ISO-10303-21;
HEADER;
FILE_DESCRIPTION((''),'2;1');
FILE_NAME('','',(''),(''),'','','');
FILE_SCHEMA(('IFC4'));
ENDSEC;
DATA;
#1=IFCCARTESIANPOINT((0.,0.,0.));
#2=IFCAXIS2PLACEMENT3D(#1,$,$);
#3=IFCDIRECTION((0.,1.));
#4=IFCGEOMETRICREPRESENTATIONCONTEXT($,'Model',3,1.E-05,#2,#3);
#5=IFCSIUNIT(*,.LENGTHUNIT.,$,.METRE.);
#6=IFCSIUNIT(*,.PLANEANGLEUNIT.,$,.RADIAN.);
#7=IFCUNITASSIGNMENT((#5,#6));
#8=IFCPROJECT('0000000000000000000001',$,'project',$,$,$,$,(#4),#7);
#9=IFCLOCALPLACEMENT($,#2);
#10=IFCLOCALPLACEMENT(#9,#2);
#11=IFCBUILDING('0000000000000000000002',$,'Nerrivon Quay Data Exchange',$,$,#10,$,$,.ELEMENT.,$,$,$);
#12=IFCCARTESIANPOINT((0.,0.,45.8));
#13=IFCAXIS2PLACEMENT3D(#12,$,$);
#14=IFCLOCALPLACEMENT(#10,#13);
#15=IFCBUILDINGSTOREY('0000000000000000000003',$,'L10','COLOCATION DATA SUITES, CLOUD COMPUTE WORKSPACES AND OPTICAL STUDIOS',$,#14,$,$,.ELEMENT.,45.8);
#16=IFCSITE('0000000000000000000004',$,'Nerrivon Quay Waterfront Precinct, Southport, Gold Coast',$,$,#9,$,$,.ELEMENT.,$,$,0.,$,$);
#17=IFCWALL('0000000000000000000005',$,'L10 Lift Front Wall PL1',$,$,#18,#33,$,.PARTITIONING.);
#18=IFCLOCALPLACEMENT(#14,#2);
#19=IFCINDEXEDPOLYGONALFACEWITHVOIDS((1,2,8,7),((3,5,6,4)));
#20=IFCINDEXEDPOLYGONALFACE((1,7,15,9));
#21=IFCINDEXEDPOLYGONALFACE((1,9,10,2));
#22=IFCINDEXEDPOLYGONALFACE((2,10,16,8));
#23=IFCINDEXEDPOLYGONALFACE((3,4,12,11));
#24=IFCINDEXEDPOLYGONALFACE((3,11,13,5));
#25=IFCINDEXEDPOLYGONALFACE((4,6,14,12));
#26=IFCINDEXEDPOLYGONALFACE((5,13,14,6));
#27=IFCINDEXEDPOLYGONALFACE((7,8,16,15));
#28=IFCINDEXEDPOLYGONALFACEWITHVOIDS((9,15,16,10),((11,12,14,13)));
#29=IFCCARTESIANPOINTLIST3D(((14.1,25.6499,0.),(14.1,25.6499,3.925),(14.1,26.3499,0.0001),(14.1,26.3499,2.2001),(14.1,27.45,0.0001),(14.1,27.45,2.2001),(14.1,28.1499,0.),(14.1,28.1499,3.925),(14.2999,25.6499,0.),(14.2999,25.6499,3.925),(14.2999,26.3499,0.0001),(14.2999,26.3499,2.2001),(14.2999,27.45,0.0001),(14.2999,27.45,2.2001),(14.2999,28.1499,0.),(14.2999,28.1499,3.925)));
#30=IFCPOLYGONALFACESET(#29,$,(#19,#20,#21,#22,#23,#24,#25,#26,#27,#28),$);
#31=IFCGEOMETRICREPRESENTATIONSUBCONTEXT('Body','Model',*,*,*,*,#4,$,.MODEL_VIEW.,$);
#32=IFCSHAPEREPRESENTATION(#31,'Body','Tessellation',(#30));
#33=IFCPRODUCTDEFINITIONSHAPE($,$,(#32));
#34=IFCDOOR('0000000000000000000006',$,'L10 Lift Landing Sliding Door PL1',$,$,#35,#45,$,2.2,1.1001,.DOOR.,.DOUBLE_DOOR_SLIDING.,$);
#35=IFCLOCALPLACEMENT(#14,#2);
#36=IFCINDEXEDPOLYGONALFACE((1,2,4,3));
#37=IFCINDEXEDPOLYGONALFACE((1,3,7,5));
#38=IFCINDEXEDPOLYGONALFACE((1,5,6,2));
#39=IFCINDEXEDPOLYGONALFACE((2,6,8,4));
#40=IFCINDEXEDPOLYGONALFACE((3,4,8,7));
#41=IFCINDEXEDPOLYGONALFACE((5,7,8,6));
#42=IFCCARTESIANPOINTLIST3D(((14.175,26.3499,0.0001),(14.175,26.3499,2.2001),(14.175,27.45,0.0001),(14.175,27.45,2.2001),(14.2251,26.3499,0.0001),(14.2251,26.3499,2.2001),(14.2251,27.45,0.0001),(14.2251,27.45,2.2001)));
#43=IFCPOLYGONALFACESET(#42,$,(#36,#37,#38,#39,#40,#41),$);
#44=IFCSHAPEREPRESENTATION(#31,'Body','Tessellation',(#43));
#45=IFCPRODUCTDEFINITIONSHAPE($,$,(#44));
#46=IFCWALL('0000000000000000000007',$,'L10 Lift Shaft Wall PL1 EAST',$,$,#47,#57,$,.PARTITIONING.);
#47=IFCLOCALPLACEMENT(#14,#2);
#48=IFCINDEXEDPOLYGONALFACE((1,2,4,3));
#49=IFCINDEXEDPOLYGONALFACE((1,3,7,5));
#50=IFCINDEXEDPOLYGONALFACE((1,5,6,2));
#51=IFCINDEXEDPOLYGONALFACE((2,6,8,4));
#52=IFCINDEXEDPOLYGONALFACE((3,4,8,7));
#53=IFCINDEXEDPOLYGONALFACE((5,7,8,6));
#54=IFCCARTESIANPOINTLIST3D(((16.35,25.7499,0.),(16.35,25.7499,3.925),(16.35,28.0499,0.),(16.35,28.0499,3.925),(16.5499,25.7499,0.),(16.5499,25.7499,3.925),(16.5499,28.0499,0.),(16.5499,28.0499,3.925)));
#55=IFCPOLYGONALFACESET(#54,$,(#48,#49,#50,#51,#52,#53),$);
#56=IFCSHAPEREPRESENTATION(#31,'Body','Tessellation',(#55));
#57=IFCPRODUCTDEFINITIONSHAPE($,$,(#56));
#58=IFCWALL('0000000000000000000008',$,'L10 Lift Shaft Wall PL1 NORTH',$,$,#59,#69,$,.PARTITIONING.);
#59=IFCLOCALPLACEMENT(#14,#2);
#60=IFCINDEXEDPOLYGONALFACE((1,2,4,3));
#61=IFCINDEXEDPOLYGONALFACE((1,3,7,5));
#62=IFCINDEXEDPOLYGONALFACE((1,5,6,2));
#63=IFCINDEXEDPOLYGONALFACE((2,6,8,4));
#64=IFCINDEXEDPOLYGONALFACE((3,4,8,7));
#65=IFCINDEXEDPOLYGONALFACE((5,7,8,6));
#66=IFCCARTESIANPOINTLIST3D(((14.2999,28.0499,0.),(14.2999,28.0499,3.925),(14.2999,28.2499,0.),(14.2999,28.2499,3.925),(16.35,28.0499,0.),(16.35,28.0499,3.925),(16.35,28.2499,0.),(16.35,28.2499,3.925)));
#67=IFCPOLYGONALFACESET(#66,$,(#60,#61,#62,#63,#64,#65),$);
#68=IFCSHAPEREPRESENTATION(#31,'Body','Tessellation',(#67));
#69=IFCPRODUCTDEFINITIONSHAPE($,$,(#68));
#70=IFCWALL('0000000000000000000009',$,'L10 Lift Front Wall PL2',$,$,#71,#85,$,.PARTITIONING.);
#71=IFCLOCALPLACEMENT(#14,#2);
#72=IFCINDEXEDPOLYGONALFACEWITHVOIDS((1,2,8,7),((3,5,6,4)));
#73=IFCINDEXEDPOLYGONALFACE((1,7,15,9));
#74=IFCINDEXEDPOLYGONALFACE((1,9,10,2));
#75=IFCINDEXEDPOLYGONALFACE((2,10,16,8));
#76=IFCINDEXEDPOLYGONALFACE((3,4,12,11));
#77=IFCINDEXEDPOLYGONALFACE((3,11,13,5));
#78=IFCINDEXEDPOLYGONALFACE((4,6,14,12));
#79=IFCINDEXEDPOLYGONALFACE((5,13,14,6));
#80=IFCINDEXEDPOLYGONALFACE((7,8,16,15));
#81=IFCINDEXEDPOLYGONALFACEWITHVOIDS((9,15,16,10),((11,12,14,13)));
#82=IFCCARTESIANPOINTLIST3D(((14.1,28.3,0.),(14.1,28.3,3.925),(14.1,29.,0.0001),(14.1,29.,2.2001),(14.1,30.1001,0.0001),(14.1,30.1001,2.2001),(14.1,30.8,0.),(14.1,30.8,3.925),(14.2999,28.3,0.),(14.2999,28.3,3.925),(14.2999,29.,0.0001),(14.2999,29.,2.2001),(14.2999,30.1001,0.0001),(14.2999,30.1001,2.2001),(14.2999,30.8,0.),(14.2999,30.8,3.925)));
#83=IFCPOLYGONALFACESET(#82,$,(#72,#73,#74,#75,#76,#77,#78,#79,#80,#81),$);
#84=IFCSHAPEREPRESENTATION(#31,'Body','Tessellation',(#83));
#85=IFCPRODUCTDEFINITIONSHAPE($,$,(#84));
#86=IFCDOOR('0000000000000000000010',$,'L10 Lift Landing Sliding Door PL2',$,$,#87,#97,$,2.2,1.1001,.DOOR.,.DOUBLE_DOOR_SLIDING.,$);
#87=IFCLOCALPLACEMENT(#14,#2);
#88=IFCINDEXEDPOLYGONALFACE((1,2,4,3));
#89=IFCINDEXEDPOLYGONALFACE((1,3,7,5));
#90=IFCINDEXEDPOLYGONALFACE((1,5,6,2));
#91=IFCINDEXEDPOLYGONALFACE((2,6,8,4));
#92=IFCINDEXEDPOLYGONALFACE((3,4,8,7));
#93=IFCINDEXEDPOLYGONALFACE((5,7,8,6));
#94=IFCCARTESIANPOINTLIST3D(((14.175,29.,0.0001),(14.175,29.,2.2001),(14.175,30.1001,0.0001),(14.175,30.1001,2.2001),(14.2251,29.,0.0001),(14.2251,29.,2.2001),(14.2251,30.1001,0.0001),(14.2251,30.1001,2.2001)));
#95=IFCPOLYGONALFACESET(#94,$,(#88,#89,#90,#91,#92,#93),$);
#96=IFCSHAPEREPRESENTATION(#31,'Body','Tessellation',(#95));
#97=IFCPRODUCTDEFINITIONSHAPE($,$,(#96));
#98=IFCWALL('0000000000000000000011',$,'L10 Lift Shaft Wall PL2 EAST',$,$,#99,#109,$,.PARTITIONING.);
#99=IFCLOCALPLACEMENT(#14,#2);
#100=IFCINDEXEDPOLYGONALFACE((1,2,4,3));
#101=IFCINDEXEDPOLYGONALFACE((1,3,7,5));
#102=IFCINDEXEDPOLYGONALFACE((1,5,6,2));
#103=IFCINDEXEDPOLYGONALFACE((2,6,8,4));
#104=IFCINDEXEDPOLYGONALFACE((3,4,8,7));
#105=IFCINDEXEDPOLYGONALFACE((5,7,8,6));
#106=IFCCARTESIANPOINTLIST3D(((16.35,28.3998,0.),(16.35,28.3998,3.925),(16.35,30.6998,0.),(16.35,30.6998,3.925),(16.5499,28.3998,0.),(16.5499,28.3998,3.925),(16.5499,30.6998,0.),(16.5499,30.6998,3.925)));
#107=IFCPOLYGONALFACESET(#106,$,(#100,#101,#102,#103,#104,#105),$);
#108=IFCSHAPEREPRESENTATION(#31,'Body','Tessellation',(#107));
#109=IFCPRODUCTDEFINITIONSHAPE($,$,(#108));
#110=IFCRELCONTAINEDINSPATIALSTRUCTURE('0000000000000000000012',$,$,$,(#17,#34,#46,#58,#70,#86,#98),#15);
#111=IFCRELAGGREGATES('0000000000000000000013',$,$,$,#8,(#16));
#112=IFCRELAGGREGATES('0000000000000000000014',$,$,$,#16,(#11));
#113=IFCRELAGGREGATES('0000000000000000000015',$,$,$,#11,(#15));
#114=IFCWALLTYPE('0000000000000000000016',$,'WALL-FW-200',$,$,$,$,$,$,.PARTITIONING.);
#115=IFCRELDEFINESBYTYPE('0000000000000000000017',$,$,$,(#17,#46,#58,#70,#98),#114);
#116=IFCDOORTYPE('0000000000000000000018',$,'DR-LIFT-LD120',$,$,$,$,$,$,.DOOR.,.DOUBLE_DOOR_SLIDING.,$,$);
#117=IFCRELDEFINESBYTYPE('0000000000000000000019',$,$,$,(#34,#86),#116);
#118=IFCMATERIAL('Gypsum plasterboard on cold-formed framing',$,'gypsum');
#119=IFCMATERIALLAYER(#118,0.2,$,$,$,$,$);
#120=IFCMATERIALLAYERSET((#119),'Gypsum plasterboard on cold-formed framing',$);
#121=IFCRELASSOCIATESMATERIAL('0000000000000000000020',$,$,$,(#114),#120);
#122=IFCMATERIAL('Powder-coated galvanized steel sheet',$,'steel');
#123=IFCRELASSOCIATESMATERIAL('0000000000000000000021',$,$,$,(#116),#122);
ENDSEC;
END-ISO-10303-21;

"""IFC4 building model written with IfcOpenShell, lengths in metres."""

from ifc_helpers import new_model, si_unit, direction, frame, frame_2d, origin, place, context, subcontext, project, spatial, rectangle, extrude, material, layer, layer_set, type_object, element, fill, save


model = new_model("IFC4")

# Units and contexts
model_context = context("Model", 3, precision=1e-05, world=origin(), true_north=direction((0.0, 1.0)))
body_context = subcontext(model_context, "Body", "Model", "MODEL_VIEW")
ifc_project = project(units=[si_unit("LENGTHUNIT", "METRE"), si_unit("PLANEANGLEUNIT", "RADIAN")], contexts=[model_context])

# Site, building, storey
site_placement = place(None, origin())
site = spatial("IfcSite", under=ifc_project, at=site_placement, Name="Nerrivon Quay Waterfront Precinct, Southport, Gold Coast", CompositionType="ELEMENT", RefElevation=0.0)
building_placement = place(site_placement, origin())
building = spatial("IfcBuilding", under=site, at=building_placement, Name="Nerrivon Quay Data Exchange", CompositionType="ELEMENT")
storey_placement = place(building_placement, frame((0.0, 0.0, 45.8)))
storey = spatial("IfcBuildingStorey", under=building, at=storey_placement, Name="L10", Description="COLOCATION DATA SUITES, CLOUD COMPUTE WORKSPACES AND OPTICAL STUDIOS", CompositionType="ELEMENT", Elevation=45.8)

# Shared definitions
ifc_material_1 = material(Name="Gypsum plasterboard on cold-formed framing", Category="gypsum")
ifc_layer = layer(ifc_material_1, 0.2)
ifc_layer_set = layer_set([ifc_layer], Name="Gypsum plasterboard on cold-formed framing")
wall_type = type_object("IfcWallType", Name="WALL-FW-200", PredefinedType="PARTITIONING", material=ifc_layer_set)
ifc_material_2 = material(Name="Powder-coated galvanized steel sheet", Category="steel")
door_type = type_object("IfcDoorType", Name="DR-LIFT-LD120", OperationType="DOUBLE_DOOR_SLIDING", PredefinedType="DOOR", material=ifc_material_2)

# Wall, opening, door
wall_1_placement = place(storey_placement, frame((14.2, 25.6499, 0.0), z_axis=(0.0, 0.0, 1.0), x_axis=(0.0, 1.0, 0.0)))
wall_1 = element("IfcWall", 1, at=wall_1_placement, inside=storey, type_object=wall_type, Name="L10 Lift Front Wall PL1", PredefinedType="PARTITIONING", context=body_context, shape_type="SweptSolid", body=[
    extrude(rectangle(XDim=2.5, YDim=0.2, at=frame_2d((1.25, 0.0))), origin(), (0.0, 0.0, 1.0), 3.925),
])
opening_1_placement = place(wall_1_placement, frame((0.7, 0.0, 0.0)))
opening_1 = element("IfcOpeningElement", 2, at=opening_1_placement, cuts=wall_1, PredefinedType="OPENING", context=body_context, shape_type="SweptSolid", body=[
    extrude(rectangle(XDim=1.1001, YDim=2.2, at=frame_2d((0.55, 1.1001))), frame((0.0, 0.1099, 0.0), z_axis=(0.0, -1.0, 0.0), x_axis=(1.0, 0.0, 0.0)), (0.0, 0.0, 1.0), 0.22),
])
door_1_placement = place(opening_1_placement, origin())
door_1 = element("IfcDoor", 3, at=door_1_placement, inside=storey, type_object=door_type, Name="L10 Lift Landing Sliding Door PL1", OperationType="DOUBLE_DOOR_SLIDING", OverallHeight=2.2, OverallWidth=1.1001, PredefinedType="DOOR", context=body_context, shape_type="SweptSolid", body=[
    extrude(rectangle(XDim=1.1001, YDim=2.2, at=frame_2d((0.55, 1.1001))), frame((0.0, 0.0249, 0.0), z_axis=(0.0, -1.0, 0.0), x_axis=(1.0, 0.0, 0.0)), (0.0, 0.0, 1.0), 0.05),
])
fill(opening_1, door_1)

# Walls
wall_2_placement = place(storey_placement, frame((16.45, 25.75, 0.0), z_axis=(0.0, 0.0, 1.0), x_axis=(0.0, 1.0, 0.0)))
element("IfcWall", 4, at=wall_2_placement, inside=storey, type_object=wall_type, Name="L10 Lift Shaft Wall PL1 EAST", PredefinedType="PARTITIONING", context=body_context, shape_type="SweptSolid", body=[
    extrude(rectangle(XDim=2.3, YDim=0.2, at=frame_2d((1.1499, 0.0))), origin(), (0.0, 0.0, 1.0), 3.925),
])
wall_3_placement = place(storey_placement, frame((14.3, 28.1499, 0.0), z_axis=(0.0, 0.0, 1.0), x_axis=(1.0, 0.0, 0.0)))
element("IfcWall", 5, at=wall_3_placement, inside=storey, type_object=wall_type, Name="L10 Lift Shaft Wall PL1 NORTH", PredefinedType="PARTITIONING", context=body_context, shape_type="SweptSolid", body=[
    extrude(rectangle(XDim=2.05, YDim=0.2, at=frame_2d((1.0249, 0.0))), origin(), (0.0, 0.0, 1.0), 3.925),
])

# Wall, opening, door
wall_4_placement = place(storey_placement, frame((14.2, 28.3, 0.0), z_axis=(0.0, 0.0, 1.0), x_axis=(0.0, 1.0, 0.0)))
wall_4 = element("IfcWall", 6, at=wall_4_placement, inside=storey, type_object=wall_type, Name="L10 Lift Front Wall PL2", PredefinedType="PARTITIONING", context=body_context, shape_type="SweptSolid", body=[
    extrude(rectangle(XDim=2.5, YDim=0.2, at=frame_2d((1.25, 0.0))), origin(), (0.0, 0.0, 1.0), 3.925),
])
opening_2_placement = place(wall_4_placement, frame((0.7, 0.0, 0.0)))
opening_2 = element("IfcOpeningElement", 7, at=opening_2_placement, cuts=wall_4, PredefinedType="OPENING", context=body_context, shape_type="SweptSolid", body=[
    extrude(rectangle(XDim=1.1001, YDim=2.2, at=frame_2d((0.55, 1.1001))), frame((0.0, 0.1099, 0.0), z_axis=(0.0, -1.0, 0.0), x_axis=(1.0, 0.0, 0.0)), (0.0, 0.0, 1.0), 0.22),
])
door_2_placement = place(opening_2_placement, origin())
door_2 = element("IfcDoor", 8, at=door_2_placement, inside=storey, type_object=door_type, Name="L10 Lift Landing Sliding Door PL2", OperationType="DOUBLE_DOOR_SLIDING", OverallHeight=2.2, OverallWidth=1.1001, PredefinedType="DOOR", context=body_context, shape_type="SweptSolid", body=[
    extrude(rectangle(XDim=1.1001, YDim=2.2, at=frame_2d((0.55, 1.1001))), frame((0.0, 0.0249, 0.0), z_axis=(0.0, -1.0, 0.0), x_axis=(1.0, 0.0, 0.0)), (0.0, 0.0, 1.0), 0.05),
])
fill(opening_2, door_2)

# Wall
wall_5_placement = place(storey_placement, frame((16.45, 28.3999, 0.0), z_axis=(0.0, 0.0, 1.0), x_axis=(0.0, 1.0, 0.0)))
element("IfcWall", 9, at=wall_5_placement, inside=storey, type_object=wall_type, Name="L10 Lift Shaft Wall PL2 EAST", PredefinedType="PARTITIONING", context=body_context, shape_type="SweptSolid", body=[
    extrude(rectangle(XDim=2.3, YDim=0.2, at=frame_2d((1.1499, 0.0))), origin(), (0.0, 0.0, 1.0), 3.925),
])

save(model, "model.ifc")
